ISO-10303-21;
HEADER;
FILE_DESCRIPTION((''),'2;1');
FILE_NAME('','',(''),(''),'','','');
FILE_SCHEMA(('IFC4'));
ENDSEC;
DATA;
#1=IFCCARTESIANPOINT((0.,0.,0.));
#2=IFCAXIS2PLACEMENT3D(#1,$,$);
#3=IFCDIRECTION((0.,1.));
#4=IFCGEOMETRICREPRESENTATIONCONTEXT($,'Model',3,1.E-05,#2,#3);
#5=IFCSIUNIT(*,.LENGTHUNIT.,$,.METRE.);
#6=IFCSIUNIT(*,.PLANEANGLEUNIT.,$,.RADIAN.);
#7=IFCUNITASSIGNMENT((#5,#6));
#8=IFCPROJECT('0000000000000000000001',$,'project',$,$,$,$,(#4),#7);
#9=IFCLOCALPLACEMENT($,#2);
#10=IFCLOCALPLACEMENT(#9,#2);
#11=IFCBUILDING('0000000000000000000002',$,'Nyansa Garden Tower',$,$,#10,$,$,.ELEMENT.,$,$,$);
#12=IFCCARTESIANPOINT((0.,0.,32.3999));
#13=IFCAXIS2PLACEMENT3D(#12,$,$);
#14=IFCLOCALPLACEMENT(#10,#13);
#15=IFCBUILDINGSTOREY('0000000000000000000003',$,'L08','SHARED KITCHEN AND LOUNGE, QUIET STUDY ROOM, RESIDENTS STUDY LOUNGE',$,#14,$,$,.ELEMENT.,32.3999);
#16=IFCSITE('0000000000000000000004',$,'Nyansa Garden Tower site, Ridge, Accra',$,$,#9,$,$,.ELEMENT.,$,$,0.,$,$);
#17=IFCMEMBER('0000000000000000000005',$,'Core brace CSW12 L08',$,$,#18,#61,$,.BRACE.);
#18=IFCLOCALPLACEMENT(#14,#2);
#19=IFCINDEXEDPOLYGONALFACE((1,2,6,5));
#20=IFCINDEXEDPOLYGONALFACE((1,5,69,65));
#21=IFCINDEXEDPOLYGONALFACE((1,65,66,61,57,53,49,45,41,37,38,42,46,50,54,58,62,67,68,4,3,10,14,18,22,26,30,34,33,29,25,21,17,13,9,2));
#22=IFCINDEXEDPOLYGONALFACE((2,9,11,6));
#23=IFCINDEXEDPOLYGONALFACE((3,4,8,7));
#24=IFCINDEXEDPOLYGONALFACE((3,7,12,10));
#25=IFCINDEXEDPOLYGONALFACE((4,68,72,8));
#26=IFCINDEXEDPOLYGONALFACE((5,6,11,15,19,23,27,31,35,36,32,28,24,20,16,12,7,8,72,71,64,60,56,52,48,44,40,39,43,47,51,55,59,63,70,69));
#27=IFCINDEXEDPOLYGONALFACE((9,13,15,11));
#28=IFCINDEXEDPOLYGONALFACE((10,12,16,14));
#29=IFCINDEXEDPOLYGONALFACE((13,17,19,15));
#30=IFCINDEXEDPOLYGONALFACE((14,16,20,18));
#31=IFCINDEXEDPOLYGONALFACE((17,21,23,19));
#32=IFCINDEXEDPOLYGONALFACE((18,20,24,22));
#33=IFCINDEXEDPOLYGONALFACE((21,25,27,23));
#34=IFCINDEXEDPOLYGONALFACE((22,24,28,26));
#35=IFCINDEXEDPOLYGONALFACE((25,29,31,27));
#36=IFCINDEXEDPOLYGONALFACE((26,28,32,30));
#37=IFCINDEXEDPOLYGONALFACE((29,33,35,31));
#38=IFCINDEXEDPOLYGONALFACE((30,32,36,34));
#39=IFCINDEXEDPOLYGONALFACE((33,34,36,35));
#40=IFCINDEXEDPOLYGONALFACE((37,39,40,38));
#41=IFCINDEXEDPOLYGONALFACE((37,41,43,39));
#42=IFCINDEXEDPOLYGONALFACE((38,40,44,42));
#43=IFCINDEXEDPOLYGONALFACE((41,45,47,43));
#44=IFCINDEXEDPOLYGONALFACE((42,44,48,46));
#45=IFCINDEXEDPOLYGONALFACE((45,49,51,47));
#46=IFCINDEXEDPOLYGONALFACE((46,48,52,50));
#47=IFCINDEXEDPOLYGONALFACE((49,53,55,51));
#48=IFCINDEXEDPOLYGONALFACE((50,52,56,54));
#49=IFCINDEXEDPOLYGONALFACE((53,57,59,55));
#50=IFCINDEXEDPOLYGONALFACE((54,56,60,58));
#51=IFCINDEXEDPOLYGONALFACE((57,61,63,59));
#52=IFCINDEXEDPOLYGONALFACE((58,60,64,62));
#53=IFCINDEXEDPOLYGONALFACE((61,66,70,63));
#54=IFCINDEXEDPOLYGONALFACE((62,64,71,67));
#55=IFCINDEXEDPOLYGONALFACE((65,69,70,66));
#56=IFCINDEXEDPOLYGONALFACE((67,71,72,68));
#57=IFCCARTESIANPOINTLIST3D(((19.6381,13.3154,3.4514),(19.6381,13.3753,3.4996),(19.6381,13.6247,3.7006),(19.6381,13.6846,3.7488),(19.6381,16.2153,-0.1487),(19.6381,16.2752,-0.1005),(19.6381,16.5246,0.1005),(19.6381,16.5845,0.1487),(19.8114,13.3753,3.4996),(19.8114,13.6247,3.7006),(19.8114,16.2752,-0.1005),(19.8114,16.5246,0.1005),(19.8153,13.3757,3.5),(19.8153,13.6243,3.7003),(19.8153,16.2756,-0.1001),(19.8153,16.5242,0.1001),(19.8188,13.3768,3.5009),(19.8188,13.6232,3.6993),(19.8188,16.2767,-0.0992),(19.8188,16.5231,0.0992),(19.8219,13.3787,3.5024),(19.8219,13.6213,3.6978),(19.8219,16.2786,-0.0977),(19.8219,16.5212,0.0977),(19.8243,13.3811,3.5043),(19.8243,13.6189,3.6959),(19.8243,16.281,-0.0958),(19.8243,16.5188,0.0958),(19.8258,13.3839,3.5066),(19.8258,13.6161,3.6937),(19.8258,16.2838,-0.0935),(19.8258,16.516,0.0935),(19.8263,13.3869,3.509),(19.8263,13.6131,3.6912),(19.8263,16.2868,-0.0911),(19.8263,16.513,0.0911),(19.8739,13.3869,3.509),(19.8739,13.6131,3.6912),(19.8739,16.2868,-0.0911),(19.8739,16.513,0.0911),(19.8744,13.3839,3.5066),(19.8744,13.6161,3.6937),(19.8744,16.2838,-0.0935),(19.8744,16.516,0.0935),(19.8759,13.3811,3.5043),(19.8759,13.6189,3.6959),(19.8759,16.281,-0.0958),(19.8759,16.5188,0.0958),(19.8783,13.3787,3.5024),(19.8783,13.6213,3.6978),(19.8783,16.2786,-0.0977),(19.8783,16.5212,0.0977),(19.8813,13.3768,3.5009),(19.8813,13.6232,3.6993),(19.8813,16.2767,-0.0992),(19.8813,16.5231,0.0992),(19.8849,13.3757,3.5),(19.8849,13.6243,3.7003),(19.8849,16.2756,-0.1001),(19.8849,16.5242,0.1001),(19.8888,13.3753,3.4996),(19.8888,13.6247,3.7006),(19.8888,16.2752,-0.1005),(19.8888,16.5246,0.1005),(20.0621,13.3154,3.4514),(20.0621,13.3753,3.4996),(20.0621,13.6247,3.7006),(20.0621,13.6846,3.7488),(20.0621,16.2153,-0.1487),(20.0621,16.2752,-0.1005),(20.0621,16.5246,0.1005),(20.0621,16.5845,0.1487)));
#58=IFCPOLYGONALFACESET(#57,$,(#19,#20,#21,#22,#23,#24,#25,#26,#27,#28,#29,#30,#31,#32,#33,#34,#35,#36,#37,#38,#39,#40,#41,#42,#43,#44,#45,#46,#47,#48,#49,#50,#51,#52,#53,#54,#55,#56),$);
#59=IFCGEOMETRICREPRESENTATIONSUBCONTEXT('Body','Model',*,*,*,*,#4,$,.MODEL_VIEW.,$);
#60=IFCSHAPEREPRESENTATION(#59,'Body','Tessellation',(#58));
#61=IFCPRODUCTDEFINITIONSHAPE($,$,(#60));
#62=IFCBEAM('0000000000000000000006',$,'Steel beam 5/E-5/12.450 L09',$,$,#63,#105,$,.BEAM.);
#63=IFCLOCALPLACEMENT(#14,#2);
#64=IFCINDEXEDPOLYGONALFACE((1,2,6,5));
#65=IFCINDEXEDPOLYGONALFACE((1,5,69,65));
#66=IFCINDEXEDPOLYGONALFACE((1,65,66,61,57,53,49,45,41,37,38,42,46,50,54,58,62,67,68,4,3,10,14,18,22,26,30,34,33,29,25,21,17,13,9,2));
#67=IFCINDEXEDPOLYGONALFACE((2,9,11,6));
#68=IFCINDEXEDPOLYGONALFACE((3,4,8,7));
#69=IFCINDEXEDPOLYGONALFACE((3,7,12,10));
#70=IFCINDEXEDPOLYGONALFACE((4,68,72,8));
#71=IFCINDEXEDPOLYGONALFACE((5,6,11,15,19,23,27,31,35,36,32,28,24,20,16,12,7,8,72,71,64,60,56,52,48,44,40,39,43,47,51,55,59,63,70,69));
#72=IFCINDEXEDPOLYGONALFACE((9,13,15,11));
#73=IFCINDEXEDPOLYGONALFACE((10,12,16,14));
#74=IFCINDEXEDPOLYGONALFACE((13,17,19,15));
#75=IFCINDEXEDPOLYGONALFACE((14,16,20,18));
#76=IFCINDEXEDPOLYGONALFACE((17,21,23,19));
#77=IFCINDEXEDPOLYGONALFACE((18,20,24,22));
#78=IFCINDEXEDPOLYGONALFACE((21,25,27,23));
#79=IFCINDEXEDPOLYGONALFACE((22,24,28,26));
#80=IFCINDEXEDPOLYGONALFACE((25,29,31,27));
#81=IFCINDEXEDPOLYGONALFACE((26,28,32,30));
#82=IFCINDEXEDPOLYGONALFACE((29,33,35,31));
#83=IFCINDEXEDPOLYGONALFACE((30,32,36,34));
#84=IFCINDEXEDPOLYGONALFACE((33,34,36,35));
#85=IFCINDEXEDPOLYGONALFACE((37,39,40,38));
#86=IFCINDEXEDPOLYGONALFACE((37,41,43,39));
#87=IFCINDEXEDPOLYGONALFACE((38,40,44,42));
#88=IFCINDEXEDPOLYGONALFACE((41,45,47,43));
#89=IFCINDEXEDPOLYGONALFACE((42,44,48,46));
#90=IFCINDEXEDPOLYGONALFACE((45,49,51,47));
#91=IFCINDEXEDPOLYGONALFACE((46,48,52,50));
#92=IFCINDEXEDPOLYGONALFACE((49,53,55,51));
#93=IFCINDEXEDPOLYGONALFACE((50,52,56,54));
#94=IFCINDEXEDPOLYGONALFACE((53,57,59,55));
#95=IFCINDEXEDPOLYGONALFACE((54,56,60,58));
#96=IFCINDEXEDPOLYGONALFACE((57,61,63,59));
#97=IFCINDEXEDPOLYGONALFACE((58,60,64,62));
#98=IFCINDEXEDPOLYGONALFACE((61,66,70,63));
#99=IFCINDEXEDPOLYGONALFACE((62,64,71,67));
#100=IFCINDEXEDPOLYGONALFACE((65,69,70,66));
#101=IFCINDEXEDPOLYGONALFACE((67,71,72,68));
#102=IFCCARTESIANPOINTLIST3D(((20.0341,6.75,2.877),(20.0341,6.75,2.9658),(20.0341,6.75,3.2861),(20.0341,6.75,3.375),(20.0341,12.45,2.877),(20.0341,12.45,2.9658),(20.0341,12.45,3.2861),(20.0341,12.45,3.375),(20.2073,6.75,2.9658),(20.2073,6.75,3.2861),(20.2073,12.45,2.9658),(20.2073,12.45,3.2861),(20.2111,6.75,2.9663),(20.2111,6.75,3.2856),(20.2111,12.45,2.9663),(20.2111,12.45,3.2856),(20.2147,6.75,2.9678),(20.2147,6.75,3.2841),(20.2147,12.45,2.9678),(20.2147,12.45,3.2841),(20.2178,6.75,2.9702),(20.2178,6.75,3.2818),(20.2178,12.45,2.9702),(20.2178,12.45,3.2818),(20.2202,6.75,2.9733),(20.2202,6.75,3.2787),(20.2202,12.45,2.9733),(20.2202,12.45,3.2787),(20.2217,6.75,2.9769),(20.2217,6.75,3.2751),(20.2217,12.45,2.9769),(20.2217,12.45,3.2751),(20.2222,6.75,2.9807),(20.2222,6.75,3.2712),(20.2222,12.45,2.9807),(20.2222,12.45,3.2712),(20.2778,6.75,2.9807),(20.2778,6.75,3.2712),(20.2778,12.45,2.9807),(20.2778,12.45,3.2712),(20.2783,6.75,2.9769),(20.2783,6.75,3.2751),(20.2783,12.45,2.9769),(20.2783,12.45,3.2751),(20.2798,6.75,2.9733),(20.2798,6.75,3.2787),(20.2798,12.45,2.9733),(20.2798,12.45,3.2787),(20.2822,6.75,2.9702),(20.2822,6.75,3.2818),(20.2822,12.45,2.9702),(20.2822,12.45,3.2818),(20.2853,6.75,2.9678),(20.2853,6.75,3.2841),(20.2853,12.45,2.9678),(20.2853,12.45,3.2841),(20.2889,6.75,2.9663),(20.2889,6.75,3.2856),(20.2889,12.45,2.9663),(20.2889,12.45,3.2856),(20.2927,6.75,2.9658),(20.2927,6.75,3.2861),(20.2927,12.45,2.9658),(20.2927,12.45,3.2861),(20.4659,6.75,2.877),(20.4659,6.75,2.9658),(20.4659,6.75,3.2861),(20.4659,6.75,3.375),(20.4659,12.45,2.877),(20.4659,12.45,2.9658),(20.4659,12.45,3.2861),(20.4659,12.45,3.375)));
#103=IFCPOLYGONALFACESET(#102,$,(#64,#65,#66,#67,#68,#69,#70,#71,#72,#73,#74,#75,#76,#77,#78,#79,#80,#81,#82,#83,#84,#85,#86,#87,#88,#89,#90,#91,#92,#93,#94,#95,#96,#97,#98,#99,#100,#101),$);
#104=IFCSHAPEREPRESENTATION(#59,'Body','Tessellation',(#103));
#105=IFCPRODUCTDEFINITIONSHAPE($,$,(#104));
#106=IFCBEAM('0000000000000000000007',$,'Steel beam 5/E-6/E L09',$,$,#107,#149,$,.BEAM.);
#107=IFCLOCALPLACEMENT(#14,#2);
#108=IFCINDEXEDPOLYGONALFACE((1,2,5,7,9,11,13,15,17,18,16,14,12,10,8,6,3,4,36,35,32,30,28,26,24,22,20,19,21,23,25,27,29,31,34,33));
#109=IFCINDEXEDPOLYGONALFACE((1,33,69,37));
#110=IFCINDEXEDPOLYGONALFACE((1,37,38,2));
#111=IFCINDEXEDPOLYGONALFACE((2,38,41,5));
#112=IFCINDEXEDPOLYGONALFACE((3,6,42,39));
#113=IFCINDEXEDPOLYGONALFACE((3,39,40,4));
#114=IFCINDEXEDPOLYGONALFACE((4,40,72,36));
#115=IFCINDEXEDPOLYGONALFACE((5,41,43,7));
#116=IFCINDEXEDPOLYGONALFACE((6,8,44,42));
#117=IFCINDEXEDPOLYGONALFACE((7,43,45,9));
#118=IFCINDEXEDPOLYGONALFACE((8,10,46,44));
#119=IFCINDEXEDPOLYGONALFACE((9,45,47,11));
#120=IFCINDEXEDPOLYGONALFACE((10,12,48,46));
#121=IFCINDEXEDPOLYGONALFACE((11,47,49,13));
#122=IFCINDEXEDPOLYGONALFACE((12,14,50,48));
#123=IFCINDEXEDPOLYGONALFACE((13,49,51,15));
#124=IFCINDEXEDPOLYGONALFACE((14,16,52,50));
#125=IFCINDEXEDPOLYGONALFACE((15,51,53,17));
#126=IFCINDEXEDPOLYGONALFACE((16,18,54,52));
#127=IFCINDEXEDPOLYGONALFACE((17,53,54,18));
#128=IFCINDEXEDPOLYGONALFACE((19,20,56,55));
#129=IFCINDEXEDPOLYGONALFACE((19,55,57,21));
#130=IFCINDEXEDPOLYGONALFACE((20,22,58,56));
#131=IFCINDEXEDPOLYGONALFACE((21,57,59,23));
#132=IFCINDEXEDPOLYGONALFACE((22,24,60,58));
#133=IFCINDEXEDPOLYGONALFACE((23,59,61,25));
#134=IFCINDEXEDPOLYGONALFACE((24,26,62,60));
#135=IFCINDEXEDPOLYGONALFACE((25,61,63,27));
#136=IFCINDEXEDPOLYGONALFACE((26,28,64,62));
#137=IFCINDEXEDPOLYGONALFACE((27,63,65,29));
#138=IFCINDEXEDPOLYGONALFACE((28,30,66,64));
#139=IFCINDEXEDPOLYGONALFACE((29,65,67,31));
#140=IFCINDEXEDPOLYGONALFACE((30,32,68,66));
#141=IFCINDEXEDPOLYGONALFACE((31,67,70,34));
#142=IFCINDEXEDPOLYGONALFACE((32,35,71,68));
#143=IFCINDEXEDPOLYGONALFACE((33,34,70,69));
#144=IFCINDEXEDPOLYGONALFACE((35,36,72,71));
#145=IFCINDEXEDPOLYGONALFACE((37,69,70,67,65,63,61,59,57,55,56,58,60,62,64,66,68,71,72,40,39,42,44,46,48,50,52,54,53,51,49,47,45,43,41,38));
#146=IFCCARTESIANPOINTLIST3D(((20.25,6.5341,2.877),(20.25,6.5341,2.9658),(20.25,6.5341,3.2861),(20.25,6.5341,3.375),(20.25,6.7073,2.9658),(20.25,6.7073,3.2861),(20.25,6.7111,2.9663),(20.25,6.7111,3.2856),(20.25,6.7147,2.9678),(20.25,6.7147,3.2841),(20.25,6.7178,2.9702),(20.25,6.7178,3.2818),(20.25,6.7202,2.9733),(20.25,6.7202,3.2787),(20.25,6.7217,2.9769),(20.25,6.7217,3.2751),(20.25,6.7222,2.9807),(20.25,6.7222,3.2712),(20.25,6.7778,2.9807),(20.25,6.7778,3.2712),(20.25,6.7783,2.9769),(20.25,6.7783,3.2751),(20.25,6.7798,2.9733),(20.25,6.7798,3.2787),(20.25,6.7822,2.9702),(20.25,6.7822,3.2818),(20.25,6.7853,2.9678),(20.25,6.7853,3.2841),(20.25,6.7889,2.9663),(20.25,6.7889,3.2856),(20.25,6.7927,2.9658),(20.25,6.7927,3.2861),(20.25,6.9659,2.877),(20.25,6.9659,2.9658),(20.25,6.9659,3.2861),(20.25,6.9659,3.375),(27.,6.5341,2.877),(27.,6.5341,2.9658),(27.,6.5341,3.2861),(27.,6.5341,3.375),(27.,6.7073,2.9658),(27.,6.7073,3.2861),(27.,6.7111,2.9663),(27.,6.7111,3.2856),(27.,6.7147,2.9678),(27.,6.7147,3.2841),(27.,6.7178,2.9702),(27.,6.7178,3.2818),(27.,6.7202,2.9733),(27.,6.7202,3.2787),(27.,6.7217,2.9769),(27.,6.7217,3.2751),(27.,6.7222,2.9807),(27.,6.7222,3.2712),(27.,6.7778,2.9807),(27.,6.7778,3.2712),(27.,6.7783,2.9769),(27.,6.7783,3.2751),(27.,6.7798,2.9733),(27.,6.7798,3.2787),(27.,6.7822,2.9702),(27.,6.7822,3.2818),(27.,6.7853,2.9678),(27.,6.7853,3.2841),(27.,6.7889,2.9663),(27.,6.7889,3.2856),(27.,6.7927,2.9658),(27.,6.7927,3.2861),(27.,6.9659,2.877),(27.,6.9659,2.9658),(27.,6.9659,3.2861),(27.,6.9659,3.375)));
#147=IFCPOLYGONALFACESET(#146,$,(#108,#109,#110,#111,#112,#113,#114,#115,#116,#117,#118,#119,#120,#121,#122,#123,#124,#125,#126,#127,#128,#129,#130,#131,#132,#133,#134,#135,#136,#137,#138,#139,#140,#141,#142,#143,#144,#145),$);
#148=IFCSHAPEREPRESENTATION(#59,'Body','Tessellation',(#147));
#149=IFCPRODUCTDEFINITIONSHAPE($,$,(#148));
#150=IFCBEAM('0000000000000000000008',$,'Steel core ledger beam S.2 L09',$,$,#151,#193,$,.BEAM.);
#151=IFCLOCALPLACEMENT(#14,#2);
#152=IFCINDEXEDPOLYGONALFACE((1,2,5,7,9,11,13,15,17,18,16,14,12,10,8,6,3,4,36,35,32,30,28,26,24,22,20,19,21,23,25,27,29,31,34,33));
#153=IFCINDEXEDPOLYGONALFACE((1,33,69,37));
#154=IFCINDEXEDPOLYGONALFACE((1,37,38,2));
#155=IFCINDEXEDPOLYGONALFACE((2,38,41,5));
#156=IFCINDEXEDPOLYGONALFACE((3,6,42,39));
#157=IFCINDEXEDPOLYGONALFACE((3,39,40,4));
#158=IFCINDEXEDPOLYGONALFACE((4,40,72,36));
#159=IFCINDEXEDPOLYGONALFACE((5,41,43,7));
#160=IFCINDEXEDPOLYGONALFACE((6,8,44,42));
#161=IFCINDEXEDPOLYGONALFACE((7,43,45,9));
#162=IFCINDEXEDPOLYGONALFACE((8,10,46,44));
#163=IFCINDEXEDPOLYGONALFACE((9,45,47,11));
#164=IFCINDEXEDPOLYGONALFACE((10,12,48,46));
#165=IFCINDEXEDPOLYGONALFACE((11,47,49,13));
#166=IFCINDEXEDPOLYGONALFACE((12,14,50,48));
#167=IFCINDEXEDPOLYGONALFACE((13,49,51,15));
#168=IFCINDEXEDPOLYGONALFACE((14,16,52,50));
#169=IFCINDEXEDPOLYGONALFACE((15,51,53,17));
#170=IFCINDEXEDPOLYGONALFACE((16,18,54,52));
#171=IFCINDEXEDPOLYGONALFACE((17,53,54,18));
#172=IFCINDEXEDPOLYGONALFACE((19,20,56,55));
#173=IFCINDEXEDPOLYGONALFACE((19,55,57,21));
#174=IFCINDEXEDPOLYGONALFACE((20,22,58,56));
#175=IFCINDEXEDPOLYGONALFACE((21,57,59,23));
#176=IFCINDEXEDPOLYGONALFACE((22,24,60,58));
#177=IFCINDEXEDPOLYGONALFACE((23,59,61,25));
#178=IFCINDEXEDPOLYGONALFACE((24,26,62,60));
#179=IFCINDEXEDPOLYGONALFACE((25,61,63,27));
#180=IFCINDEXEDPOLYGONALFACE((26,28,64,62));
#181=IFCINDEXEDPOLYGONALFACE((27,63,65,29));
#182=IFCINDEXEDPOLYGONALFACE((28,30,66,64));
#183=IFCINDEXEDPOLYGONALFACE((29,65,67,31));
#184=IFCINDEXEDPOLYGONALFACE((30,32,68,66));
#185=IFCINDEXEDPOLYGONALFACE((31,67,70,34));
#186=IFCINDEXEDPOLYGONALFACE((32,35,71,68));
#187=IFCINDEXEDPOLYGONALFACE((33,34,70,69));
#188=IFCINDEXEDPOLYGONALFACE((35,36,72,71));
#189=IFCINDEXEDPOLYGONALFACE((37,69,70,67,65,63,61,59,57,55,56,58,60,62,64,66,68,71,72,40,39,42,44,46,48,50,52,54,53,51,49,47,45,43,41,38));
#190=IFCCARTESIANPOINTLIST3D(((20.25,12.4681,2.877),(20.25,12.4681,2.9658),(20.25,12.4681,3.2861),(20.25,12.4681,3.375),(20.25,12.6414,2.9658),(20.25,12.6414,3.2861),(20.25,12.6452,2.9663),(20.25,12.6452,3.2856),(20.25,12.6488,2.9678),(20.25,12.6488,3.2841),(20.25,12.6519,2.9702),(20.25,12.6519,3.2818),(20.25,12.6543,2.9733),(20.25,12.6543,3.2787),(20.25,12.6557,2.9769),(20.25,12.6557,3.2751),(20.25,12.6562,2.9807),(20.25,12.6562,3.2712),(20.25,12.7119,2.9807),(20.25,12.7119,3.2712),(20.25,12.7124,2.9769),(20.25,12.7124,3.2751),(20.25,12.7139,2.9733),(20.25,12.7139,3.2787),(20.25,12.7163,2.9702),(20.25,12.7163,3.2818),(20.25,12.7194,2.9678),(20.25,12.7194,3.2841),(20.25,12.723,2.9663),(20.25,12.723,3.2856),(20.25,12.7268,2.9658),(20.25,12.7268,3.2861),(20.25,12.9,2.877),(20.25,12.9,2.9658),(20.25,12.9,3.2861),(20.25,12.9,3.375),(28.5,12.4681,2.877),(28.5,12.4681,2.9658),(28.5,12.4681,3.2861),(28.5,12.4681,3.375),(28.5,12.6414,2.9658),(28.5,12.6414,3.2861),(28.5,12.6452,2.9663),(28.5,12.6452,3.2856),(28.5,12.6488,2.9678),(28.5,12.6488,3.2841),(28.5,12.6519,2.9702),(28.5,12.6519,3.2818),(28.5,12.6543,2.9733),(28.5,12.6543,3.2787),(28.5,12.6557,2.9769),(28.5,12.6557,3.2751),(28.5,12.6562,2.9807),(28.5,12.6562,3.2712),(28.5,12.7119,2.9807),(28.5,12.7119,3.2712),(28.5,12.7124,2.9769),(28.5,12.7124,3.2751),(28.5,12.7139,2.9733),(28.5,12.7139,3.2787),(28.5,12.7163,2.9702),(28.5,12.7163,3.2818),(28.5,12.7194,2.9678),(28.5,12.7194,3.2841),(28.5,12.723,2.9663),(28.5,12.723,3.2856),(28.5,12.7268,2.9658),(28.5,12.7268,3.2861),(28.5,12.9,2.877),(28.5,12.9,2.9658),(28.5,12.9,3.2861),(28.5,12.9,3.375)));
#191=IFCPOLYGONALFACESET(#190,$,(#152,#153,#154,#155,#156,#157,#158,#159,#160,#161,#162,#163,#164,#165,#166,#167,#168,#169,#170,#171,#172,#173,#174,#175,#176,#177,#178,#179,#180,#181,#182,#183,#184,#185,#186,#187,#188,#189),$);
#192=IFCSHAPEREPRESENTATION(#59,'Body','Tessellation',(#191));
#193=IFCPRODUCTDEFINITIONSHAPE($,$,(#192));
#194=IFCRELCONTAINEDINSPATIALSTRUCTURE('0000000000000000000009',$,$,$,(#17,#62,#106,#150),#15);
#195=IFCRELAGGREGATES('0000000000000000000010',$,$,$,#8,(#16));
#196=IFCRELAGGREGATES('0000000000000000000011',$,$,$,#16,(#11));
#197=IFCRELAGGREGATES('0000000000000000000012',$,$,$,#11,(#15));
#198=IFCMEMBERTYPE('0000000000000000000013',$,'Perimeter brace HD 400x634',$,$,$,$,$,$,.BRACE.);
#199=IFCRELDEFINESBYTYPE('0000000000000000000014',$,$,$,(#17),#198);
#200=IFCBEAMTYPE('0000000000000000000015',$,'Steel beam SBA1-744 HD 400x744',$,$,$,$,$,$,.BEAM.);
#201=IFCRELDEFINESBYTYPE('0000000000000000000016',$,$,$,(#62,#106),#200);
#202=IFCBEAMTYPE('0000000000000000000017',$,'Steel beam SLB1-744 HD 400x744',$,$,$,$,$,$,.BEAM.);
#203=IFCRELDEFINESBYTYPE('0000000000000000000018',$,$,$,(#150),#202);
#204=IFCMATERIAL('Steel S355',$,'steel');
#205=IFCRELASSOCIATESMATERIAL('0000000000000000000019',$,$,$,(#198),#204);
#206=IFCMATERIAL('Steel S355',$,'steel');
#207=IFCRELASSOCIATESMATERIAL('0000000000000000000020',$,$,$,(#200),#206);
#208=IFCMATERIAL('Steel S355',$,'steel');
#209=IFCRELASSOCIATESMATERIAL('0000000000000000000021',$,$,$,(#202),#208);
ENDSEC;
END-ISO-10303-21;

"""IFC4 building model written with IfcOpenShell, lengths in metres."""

from ifc_helpers import new_model, si_unit, direction, frame, origin, origin_2d, place, context, subcontext, project, spatial, i_section, extrude, material, material_profile, profile_set, type_object, element, save


model = new_model("IFC4")

# Units and contexts
model_context = context("Model", 3, precision=1e-05, world=origin(), true_north=direction((0.0, 1.0)))
body_context = subcontext(model_context, "Body", "Model", "MODEL_VIEW")
ifc_project = project(units=[si_unit("LENGTHUNIT", "METRE"), si_unit("PLANEANGLEUNIT", "RADIAN")], contexts=[model_context])

# Site, building, storey
site_placement = place(None, origin())
site = spatial("IfcSite", under=ifc_project, at=site_placement, Name="Nyansa Garden Tower site, Ridge, Accra", CompositionType="ELEMENT", RefElevation=0.0)
building_placement = place(site_placement, origin())
building = spatial("IfcBuilding", under=site, at=building_placement, Name="Nyansa Garden Tower", CompositionType="ELEMENT")
storey_placement = place(building_placement, frame((0.0, 0.0, 32.3999)))
storey = spatial("IfcBuildingStorey", under=building, at=storey_placement, Name="L08", Description="SHARED KITCHEN AND LOUNGE, QUIET STUDY ROOM, RESIDENTS STUDY LOUNGE", CompositionType="ELEMENT", Elevation=32.3999)

# Member
ifc_material_1 = material(Name="Steel S355", Category="steel")
ifc_material_profile_1 = material_profile(ifc_material_1, i_section(OverallWidth=0.4241, OverallDepth=0.4741, WebThickness=0.0476, FlangeThickness=0.0769, FilletRadius=0.0149, at=origin_2d()), Name="HD 400x634")
ifc_profile_set_1 = profile_set([ifc_material_profile_1], Name="Steel S355")
member_type = type_object("IfcMemberType", Name="Perimeter brace HD 400x634", PredefinedType="BRACE", material=ifc_profile_set_1)
for number, where, z_axis, x_axis, name in (
    (1, (19.8501, 16.3999, 0.0), (0.0, -0.627306, 0.778773), (1.0, 0.0, 0.0), "Core brace CSW12 L08"),
):
    element("IfcMember", number, at=place(storey_placement, frame(where, z_axis=z_axis, x_axis=x_axis)), inside=storey, type_object=member_type, Name=name, PredefinedType="BRACE", context=body_context, shape_type="SweptSolid", body=[
        extrude(i_section(OverallWidth=0.4241, OverallDepth=0.4741, WebThickness=0.0476, FlangeThickness=0.0769, FilletRadius=0.0149, at=origin_2d()), origin(), (0.0, 0.0, 1.0), 4.6228),
    ])

# Beams
ifc_material_2 = material(Name="Steel S355", Category="steel")
ifc_material_profile_2 = material_profile(ifc_material_2, i_section(OverallWidth=0.4319, OverallDepth=0.498, WebThickness=0.0557, FlangeThickness=0.0889, FilletRadius=0.0149, at=origin_2d()), Name="HD 400x744")
ifc_profile_set_2 = profile_set([ifc_material_profile_2], Name="Steel S355")
beam_type_1 = type_object("IfcBeamType", Name="Steel beam SBA1-744 HD 400x744", PredefinedType="BEAM", material=ifc_profile_set_2)
beam_1_placement = place(storey_placement, frame((20.25, 6.75, 3.126), z_axis=(0.0, 1.0, 0.0), x_axis=(-1.0, 0.0, 0.0)))
element("IfcBeam", 2, at=beam_1_placement, inside=storey, type_object=beam_type_1, Name="Steel beam 5/E-5/12.450 L09", PredefinedType="BEAM", context=body_context, shape_type="SweptSolid", body=[
    extrude(i_section(OverallWidth=0.4319, OverallDepth=0.498, WebThickness=0.0557, FlangeThickness=0.0889, FilletRadius=0.0149, at=origin_2d()), origin(), (0.0, 0.0, 1.0), 5.7),
])
beam_2_placement = place(storey_placement, frame((20.25, 6.75, 3.126), z_axis=(1.0, 0.0, 0.0), x_axis=(0.0, 1.0, 0.0)))
element("IfcBeam", 3, at=beam_2_placement, inside=storey, type_object=beam_type_1, Name="Steel beam 5/E-6/E L09", PredefinedType="BEAM", context=body_context, shape_type="SweptSolid", body=[
    extrude(i_section(OverallWidth=0.4319, OverallDepth=0.498, WebThickness=0.0557, FlangeThickness=0.0889, FilletRadius=0.0149, at=origin_2d()), origin(), (0.0, 0.0, 1.0), 6.75),
])
ifc_material_3 = material(Name="Steel S355", Category="steel")
ifc_material_profile_3 = material_profile(ifc_material_3, i_section(OverallWidth=0.4319, OverallDepth=0.498, WebThickness=0.0557, FlangeThickness=0.0889, FilletRadius=0.0149, at=origin_2d()), Name="HD 400x744")
ifc_profile_set_3 = profile_set([ifc_material_profile_3], Name="Steel S355")
beam_type_2 = type_object("IfcBeamType", Name="Steel beam SLB1-744 HD 400x744", PredefinedType="BEAM", material=ifc_profile_set_3)
beam_3_placement = place(storey_placement, frame((20.25, 12.6841, 3.126), z_axis=(1.0, 0.0, 0.0), x_axis=(0.0, 1.0, 0.0)))
element("IfcBeam", 4, at=beam_3_placement, inside=storey, type_object=beam_type_2, Name="Steel core ledger beam S.2 L09", PredefinedType="BEAM", context=body_context, shape_type="SweptSolid", body=[
    extrude(i_section(OverallWidth=0.4319, OverallDepth=0.498, WebThickness=0.0557, FlangeThickness=0.0889, FilletRadius=0.0149, at=origin_2d()), origin(), (0.0, 0.0, 1.0), 8.25),
])

save(model, "model.ifc")
